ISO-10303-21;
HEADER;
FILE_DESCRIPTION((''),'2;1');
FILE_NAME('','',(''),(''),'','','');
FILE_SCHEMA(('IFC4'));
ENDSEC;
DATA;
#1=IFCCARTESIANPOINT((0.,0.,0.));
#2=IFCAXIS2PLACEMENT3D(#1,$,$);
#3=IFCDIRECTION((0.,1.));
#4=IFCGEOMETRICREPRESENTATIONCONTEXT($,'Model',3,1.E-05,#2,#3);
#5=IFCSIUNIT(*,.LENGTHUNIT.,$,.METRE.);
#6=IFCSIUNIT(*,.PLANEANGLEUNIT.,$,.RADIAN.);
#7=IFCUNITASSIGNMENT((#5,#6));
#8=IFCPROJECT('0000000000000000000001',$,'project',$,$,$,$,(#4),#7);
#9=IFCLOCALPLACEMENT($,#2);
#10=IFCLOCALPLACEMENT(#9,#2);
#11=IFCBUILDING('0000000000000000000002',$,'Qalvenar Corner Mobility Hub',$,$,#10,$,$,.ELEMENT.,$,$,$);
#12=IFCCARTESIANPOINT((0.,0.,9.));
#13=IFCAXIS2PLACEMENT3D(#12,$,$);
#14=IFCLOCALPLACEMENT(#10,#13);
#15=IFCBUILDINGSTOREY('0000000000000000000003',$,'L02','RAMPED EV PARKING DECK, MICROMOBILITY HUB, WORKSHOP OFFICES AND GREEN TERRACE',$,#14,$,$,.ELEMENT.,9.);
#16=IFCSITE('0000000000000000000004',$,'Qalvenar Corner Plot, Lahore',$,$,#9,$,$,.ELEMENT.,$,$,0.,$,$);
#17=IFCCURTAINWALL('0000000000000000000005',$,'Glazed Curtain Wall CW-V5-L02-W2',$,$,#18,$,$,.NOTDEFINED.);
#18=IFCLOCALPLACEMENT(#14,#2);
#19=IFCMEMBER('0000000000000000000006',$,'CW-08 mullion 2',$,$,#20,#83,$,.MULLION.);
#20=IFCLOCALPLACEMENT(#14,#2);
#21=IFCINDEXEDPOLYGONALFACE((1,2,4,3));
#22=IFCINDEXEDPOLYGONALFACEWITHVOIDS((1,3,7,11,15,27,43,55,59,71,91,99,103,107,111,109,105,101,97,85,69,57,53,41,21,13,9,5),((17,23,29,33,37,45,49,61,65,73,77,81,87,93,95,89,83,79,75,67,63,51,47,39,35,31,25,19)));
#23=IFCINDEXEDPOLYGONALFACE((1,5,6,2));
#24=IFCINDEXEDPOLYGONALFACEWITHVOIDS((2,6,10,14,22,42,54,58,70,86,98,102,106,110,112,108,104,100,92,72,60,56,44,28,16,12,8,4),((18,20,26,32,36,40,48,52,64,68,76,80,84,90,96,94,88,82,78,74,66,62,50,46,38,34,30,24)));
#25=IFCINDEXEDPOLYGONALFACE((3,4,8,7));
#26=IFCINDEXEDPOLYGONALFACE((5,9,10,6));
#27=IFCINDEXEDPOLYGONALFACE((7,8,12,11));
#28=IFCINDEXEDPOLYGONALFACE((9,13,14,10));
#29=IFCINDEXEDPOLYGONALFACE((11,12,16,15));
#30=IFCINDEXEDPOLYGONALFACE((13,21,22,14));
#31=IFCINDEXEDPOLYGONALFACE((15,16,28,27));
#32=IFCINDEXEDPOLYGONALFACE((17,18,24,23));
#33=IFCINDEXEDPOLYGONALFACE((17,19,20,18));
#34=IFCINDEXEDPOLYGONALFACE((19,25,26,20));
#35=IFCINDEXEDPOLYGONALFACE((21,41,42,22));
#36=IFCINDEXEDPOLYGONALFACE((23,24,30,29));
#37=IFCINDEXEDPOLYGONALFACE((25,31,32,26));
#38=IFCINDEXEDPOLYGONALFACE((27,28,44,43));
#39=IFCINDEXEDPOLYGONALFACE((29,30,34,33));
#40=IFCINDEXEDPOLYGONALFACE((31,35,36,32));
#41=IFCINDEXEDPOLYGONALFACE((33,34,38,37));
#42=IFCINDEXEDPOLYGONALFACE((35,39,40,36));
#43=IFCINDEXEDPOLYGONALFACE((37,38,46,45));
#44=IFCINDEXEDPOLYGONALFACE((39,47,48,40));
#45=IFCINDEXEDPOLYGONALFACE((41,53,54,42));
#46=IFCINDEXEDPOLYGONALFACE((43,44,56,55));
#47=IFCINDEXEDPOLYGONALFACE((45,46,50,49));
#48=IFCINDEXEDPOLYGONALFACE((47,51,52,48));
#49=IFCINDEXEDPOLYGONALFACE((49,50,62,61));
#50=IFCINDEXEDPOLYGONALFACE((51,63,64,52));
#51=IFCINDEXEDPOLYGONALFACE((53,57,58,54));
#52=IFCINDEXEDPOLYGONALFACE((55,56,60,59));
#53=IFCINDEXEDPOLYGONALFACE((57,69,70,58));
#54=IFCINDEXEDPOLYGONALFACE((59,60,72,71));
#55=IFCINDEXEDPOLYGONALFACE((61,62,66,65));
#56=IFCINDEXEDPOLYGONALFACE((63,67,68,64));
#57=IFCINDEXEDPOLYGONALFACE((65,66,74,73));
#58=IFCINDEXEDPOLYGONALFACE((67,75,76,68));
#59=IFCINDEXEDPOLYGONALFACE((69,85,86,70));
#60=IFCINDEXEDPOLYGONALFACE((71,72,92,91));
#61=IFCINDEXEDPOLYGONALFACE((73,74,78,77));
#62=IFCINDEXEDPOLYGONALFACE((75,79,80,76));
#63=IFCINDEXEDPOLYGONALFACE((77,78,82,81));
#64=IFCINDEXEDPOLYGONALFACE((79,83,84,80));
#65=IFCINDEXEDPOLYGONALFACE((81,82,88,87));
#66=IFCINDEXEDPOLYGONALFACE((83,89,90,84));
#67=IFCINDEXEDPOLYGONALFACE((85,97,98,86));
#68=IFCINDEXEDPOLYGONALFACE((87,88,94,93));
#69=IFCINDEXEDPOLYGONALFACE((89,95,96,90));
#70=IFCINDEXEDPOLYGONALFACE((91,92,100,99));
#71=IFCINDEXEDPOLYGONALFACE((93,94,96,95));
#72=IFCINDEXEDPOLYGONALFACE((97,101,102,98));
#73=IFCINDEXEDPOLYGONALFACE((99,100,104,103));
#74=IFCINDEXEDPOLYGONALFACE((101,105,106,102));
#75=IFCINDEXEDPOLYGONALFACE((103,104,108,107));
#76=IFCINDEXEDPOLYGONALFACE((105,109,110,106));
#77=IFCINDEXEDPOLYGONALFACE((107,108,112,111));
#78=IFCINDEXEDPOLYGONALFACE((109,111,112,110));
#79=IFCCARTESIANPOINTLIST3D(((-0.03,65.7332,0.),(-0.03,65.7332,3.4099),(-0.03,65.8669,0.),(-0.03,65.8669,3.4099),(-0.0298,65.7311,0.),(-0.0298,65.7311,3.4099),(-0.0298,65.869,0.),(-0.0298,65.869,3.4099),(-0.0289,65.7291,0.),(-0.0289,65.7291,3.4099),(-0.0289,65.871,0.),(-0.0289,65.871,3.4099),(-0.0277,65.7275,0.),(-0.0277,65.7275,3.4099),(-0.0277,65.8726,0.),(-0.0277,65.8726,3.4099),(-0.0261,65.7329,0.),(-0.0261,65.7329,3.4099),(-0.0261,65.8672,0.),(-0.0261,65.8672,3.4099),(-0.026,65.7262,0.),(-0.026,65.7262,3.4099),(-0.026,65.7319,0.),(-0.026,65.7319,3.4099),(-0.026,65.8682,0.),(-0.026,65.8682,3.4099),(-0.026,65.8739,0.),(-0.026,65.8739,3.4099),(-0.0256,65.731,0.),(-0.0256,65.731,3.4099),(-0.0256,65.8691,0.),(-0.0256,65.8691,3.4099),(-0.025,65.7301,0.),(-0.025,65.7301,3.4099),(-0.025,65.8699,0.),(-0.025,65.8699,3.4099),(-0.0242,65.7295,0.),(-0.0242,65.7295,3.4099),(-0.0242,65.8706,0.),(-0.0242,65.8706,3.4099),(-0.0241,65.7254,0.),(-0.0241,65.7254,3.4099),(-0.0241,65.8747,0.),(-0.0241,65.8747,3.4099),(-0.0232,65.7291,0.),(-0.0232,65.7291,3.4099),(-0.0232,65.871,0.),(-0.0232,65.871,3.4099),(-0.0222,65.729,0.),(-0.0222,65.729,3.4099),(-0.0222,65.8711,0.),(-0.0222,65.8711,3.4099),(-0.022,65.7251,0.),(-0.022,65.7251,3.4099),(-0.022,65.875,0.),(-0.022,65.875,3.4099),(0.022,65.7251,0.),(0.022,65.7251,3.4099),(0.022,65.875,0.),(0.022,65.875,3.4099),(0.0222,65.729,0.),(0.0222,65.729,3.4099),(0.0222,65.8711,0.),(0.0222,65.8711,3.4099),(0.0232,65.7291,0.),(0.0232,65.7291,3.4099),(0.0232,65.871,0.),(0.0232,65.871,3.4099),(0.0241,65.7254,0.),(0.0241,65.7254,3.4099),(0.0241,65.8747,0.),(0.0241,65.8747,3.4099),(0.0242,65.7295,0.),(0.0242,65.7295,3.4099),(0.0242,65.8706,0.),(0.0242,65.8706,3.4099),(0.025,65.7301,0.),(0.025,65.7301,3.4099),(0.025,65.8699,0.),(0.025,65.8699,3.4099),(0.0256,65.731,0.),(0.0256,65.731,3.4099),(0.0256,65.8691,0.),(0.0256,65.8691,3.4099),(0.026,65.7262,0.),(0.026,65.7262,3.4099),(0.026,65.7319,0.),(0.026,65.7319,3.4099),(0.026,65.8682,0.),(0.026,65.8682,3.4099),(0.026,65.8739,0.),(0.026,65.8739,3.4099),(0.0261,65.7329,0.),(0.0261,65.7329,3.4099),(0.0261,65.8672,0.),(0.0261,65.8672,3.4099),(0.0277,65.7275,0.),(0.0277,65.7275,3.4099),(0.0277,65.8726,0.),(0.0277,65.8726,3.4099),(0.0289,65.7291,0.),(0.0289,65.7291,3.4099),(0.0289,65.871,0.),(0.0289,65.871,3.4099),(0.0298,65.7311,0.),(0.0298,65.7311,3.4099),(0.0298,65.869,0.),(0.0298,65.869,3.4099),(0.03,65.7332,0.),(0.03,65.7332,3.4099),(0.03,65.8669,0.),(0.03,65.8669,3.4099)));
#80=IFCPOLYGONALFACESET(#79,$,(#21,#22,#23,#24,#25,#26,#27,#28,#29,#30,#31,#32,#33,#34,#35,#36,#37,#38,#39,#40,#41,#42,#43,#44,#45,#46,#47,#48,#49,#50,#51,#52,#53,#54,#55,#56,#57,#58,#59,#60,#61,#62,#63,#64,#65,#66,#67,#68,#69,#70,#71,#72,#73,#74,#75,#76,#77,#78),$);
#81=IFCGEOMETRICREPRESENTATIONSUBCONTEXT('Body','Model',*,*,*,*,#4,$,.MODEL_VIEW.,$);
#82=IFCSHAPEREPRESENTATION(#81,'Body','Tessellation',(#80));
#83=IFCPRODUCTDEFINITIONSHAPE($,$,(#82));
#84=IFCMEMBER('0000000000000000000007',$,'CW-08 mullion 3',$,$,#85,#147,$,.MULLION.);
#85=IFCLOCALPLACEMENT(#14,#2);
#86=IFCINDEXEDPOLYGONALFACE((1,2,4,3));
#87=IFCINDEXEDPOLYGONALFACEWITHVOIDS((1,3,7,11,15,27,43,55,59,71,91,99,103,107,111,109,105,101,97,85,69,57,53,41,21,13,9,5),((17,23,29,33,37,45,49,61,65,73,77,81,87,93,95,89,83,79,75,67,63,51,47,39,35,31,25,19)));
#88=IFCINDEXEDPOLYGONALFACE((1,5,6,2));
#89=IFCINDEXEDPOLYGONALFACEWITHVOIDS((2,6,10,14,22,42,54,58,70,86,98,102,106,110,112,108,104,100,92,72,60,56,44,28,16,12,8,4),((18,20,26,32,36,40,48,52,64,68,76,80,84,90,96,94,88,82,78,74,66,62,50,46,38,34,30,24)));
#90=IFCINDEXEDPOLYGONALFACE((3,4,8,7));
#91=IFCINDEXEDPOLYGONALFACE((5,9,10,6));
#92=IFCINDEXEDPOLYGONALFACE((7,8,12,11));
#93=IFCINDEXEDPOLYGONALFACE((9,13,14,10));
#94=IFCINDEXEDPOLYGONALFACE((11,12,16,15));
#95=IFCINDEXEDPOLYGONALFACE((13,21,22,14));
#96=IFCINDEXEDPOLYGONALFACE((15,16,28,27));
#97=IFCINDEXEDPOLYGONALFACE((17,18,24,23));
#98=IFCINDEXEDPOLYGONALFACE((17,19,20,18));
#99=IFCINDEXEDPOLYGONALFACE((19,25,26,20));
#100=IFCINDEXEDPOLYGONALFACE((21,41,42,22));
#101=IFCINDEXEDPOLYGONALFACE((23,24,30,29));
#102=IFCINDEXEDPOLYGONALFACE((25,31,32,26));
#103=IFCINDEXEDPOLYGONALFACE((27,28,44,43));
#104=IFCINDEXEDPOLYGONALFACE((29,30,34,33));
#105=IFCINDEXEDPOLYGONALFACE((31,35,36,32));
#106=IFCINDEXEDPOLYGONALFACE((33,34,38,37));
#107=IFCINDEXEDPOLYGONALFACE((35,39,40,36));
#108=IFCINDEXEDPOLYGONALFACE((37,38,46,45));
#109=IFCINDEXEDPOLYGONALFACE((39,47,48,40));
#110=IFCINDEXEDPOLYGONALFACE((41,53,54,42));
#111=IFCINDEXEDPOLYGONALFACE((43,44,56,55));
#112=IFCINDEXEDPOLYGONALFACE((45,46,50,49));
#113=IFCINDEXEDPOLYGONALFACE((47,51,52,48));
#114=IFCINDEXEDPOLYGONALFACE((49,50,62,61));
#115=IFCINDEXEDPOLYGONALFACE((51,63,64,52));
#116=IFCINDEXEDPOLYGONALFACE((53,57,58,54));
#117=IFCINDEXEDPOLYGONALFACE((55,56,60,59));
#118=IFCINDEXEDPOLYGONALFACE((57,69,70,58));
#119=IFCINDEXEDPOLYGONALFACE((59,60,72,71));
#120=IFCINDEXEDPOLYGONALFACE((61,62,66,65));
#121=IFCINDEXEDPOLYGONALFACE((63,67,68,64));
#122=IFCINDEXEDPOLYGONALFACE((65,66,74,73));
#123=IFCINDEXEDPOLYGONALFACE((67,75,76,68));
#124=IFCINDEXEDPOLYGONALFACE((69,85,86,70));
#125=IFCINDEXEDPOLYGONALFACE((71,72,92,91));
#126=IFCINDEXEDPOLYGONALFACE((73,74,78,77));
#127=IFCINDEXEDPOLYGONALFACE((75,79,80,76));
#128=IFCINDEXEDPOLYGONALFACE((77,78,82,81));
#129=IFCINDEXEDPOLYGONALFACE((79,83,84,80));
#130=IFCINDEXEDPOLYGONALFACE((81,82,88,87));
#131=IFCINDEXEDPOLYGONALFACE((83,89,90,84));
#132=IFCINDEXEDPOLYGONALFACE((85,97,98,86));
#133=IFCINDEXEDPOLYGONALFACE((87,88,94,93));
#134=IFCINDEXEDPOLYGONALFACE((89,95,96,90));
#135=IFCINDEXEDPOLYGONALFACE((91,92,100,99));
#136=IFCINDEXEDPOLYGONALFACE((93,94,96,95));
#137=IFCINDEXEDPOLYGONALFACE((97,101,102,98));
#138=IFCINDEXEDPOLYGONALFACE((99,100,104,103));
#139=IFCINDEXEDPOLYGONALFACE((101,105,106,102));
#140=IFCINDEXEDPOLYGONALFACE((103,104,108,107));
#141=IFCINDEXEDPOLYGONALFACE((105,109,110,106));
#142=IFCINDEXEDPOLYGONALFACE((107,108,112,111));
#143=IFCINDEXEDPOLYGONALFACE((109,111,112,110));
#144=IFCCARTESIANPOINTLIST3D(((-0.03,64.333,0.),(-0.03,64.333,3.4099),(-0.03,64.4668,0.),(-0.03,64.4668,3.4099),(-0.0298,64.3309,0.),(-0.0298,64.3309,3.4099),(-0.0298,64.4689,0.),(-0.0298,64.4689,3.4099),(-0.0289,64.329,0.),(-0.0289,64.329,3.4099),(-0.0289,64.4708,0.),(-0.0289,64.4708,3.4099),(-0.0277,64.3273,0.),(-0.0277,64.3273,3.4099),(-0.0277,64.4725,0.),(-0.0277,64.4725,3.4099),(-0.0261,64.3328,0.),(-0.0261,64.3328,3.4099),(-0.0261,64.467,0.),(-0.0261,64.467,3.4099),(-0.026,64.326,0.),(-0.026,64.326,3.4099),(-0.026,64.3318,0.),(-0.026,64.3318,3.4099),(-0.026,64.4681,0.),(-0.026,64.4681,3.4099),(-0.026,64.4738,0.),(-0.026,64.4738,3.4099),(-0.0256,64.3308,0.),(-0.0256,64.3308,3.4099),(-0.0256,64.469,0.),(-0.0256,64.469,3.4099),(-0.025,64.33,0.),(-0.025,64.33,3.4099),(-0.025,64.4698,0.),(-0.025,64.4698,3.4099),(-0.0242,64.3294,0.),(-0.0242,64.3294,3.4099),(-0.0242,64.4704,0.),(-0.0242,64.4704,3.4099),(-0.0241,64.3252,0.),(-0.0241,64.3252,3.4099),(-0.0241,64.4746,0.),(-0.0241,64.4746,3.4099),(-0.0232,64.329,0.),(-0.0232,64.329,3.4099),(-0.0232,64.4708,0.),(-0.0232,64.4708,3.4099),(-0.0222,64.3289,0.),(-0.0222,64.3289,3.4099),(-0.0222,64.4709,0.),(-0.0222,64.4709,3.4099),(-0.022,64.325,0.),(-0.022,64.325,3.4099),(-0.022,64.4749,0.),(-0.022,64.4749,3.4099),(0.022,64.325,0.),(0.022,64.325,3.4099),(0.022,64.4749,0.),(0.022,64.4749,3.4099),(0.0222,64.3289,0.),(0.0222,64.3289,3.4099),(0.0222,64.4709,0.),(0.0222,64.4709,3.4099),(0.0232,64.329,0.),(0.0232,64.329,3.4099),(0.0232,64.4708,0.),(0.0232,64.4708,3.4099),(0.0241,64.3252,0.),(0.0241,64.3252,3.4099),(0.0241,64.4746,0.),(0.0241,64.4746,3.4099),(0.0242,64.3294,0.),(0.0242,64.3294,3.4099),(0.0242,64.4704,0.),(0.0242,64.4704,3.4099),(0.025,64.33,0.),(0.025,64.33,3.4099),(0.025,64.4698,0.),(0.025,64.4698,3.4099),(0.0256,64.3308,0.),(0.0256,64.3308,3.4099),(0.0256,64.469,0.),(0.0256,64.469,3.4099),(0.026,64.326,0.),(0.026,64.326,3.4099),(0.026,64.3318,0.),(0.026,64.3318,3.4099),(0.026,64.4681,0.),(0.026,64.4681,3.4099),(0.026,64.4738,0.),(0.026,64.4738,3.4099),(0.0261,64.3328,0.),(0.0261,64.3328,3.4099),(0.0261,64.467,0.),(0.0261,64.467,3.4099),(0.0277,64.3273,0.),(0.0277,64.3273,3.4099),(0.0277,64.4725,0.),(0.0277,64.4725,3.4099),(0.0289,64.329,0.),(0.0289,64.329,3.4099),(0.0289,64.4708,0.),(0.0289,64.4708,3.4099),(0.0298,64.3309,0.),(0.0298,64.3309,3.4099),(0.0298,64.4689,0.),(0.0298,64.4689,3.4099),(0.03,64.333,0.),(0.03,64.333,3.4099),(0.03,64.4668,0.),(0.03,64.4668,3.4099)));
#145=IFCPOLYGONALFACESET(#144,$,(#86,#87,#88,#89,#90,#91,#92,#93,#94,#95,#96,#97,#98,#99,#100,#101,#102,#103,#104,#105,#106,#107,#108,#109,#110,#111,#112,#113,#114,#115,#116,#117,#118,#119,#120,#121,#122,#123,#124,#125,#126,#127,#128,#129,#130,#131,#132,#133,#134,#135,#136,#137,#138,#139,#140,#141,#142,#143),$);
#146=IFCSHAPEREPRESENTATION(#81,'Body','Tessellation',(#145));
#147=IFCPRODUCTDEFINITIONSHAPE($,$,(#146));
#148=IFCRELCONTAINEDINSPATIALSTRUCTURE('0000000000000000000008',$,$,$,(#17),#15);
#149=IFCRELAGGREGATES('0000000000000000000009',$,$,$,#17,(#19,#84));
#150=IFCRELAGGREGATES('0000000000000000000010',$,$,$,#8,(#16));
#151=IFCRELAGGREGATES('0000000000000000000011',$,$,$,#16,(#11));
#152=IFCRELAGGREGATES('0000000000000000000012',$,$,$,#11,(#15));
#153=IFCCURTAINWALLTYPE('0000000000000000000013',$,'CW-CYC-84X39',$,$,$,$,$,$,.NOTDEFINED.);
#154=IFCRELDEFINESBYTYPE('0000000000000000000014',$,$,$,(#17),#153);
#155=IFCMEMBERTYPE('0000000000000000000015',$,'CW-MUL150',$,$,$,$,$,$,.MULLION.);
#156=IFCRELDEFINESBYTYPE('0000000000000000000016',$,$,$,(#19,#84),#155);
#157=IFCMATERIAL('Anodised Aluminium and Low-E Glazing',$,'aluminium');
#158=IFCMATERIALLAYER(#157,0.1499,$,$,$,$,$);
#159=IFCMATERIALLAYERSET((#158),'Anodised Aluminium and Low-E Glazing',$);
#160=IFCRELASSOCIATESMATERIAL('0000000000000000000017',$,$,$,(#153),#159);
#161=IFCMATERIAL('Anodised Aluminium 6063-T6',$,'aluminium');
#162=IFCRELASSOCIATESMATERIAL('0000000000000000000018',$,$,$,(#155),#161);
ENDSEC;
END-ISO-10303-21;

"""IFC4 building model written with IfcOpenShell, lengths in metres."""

from ifc_helpers import new_model, si_unit, direction, frame, origin, origin_2d, place, context, subcontext, project, spatial, hollow_rectangle, extrude, material, layer, layer_set, material_profile, profile_set, type_object, element, aggregate, save


model = new_model("IFC4")

# Units and contexts
model_context = context("Model", 3, precision=1e-05, world=origin(), true_north=direction((0.0, 1.0)))
body_context = subcontext(model_context, "Body", "Model", "MODEL_VIEW")
ifc_project = project(units=[si_unit("LENGTHUNIT", "METRE"), si_unit("PLANEANGLEUNIT", "RADIAN")], contexts=[model_context])

# Site, building, storey
site_placement = place(None, origin())
site = spatial("IfcSite", under=ifc_project, at=site_placement, Name="Qalvenar Corner Plot, Lahore", CompositionType="ELEMENT", RefElevation=0.0)
building_placement = place(site_placement, origin())
building = spatial("IfcBuilding", under=site, at=building_placement, Name="Qalvenar Corner Mobility Hub", CompositionType="ELEMENT")
storey_placement = place(building_placement, frame((0.0, 0.0, 9.0)))
storey = spatial("IfcBuildingStorey", under=building, at=storey_placement, Name="L02", Description="RAMPED EV PARKING DECK, MICROMOBILITY HUB, WORKSHOP OFFICES AND GREEN TERRACE", CompositionType="ELEMENT", Elevation=9.0)

# Curtain wall, members
ifc_material_1 = material(Name="Anodised Aluminium and Low-E Glazing", Category="aluminium")
ifc_layer_1 = layer(ifc_material_1, 0.1499)
ifc_layer_set_1 = layer_set([ifc_layer_1], Name="Anodised Aluminium and Low-E Glazing")
curtain_wall_type = type_object("IfcCurtainWallType", Name="CW-CYC-84X39", PredefinedType="NOTDEFINED", material=ifc_layer_set_1)
curtain_wall_placement = place(storey_placement, origin())
curtain_wall = element("IfcCurtainWall", 1, at=curtain_wall_placement, inside=storey, type_object=curtain_wall_type, Name="Glazed Curtain Wall CW-V5-L02-W2", PredefinedType="NOTDEFINED")
ifc_material_2 = material(Name="Anodised Aluminium 6063-T6", Category="aluminium")
ifc_material_profile_1 = material_profile(ifc_material_2, hollow_rectangle(XDim=0.0601, YDim=0.1499, WallThickness=0.0039, InnerFilletRadius=0.0039, OuterFilletRadius=0.0081, at=origin_2d()), Name="RHS150x60x4")
ifc_profile_set_1 = profile_set([ifc_material_profile_1], Name="Anodised Aluminium 6063-T6")
member_type_1 = type_object("IfcMemberType", Name="CW-MUL150", PredefinedType="MULLION", material=ifc_profile_set_1)
member_1_placement = place(storey_placement, frame((0.0, 65.8, 0.0), z_axis=(0.0, 0.0, 1.0), x_axis=(1.0, 0.0, 0.0)))
member_1 = element("IfcMember", 2, at=member_1_placement, type_object=member_type_1, Name="CW-08 mullion 2", PredefinedType="MULLION", context=body_context, shape_type="SweptSolid", body=[
    extrude(hollow_rectangle(XDim=0.0601, YDim=0.1499, WallThickness=0.0039, InnerFilletRadius=0.0039, OuterFilletRadius=0.0081, at=origin_2d()), origin(), (0.0, 0.0, 1.0), 3.4099),
])
member_2_placement = place(storey_placement, frame((0.0, 64.3999, 0.0), z_axis=(0.0, 0.0, 1.0), x_axis=(1.0, 0.0, 0.0)))
member_2 = element("IfcMember", 3, at=member_2_placement, type_object=member_type_1, Name="CW-08 mullion 3", PredefinedType="MULLION", context=body_context, shape_type="SweptSolid", body=[
    extrude(hollow_rectangle(XDim=0.0601, YDim=0.1499, WallThickness=0.0039, InnerFilletRadius=0.0039, OuterFilletRadius=0.0081, at=origin_2d()), origin(), (0.0, 0.0, 1.0), 3.4099),
])
aggregate(curtain_wall, [member_1, member_2])

save(model, "model.ifc")
